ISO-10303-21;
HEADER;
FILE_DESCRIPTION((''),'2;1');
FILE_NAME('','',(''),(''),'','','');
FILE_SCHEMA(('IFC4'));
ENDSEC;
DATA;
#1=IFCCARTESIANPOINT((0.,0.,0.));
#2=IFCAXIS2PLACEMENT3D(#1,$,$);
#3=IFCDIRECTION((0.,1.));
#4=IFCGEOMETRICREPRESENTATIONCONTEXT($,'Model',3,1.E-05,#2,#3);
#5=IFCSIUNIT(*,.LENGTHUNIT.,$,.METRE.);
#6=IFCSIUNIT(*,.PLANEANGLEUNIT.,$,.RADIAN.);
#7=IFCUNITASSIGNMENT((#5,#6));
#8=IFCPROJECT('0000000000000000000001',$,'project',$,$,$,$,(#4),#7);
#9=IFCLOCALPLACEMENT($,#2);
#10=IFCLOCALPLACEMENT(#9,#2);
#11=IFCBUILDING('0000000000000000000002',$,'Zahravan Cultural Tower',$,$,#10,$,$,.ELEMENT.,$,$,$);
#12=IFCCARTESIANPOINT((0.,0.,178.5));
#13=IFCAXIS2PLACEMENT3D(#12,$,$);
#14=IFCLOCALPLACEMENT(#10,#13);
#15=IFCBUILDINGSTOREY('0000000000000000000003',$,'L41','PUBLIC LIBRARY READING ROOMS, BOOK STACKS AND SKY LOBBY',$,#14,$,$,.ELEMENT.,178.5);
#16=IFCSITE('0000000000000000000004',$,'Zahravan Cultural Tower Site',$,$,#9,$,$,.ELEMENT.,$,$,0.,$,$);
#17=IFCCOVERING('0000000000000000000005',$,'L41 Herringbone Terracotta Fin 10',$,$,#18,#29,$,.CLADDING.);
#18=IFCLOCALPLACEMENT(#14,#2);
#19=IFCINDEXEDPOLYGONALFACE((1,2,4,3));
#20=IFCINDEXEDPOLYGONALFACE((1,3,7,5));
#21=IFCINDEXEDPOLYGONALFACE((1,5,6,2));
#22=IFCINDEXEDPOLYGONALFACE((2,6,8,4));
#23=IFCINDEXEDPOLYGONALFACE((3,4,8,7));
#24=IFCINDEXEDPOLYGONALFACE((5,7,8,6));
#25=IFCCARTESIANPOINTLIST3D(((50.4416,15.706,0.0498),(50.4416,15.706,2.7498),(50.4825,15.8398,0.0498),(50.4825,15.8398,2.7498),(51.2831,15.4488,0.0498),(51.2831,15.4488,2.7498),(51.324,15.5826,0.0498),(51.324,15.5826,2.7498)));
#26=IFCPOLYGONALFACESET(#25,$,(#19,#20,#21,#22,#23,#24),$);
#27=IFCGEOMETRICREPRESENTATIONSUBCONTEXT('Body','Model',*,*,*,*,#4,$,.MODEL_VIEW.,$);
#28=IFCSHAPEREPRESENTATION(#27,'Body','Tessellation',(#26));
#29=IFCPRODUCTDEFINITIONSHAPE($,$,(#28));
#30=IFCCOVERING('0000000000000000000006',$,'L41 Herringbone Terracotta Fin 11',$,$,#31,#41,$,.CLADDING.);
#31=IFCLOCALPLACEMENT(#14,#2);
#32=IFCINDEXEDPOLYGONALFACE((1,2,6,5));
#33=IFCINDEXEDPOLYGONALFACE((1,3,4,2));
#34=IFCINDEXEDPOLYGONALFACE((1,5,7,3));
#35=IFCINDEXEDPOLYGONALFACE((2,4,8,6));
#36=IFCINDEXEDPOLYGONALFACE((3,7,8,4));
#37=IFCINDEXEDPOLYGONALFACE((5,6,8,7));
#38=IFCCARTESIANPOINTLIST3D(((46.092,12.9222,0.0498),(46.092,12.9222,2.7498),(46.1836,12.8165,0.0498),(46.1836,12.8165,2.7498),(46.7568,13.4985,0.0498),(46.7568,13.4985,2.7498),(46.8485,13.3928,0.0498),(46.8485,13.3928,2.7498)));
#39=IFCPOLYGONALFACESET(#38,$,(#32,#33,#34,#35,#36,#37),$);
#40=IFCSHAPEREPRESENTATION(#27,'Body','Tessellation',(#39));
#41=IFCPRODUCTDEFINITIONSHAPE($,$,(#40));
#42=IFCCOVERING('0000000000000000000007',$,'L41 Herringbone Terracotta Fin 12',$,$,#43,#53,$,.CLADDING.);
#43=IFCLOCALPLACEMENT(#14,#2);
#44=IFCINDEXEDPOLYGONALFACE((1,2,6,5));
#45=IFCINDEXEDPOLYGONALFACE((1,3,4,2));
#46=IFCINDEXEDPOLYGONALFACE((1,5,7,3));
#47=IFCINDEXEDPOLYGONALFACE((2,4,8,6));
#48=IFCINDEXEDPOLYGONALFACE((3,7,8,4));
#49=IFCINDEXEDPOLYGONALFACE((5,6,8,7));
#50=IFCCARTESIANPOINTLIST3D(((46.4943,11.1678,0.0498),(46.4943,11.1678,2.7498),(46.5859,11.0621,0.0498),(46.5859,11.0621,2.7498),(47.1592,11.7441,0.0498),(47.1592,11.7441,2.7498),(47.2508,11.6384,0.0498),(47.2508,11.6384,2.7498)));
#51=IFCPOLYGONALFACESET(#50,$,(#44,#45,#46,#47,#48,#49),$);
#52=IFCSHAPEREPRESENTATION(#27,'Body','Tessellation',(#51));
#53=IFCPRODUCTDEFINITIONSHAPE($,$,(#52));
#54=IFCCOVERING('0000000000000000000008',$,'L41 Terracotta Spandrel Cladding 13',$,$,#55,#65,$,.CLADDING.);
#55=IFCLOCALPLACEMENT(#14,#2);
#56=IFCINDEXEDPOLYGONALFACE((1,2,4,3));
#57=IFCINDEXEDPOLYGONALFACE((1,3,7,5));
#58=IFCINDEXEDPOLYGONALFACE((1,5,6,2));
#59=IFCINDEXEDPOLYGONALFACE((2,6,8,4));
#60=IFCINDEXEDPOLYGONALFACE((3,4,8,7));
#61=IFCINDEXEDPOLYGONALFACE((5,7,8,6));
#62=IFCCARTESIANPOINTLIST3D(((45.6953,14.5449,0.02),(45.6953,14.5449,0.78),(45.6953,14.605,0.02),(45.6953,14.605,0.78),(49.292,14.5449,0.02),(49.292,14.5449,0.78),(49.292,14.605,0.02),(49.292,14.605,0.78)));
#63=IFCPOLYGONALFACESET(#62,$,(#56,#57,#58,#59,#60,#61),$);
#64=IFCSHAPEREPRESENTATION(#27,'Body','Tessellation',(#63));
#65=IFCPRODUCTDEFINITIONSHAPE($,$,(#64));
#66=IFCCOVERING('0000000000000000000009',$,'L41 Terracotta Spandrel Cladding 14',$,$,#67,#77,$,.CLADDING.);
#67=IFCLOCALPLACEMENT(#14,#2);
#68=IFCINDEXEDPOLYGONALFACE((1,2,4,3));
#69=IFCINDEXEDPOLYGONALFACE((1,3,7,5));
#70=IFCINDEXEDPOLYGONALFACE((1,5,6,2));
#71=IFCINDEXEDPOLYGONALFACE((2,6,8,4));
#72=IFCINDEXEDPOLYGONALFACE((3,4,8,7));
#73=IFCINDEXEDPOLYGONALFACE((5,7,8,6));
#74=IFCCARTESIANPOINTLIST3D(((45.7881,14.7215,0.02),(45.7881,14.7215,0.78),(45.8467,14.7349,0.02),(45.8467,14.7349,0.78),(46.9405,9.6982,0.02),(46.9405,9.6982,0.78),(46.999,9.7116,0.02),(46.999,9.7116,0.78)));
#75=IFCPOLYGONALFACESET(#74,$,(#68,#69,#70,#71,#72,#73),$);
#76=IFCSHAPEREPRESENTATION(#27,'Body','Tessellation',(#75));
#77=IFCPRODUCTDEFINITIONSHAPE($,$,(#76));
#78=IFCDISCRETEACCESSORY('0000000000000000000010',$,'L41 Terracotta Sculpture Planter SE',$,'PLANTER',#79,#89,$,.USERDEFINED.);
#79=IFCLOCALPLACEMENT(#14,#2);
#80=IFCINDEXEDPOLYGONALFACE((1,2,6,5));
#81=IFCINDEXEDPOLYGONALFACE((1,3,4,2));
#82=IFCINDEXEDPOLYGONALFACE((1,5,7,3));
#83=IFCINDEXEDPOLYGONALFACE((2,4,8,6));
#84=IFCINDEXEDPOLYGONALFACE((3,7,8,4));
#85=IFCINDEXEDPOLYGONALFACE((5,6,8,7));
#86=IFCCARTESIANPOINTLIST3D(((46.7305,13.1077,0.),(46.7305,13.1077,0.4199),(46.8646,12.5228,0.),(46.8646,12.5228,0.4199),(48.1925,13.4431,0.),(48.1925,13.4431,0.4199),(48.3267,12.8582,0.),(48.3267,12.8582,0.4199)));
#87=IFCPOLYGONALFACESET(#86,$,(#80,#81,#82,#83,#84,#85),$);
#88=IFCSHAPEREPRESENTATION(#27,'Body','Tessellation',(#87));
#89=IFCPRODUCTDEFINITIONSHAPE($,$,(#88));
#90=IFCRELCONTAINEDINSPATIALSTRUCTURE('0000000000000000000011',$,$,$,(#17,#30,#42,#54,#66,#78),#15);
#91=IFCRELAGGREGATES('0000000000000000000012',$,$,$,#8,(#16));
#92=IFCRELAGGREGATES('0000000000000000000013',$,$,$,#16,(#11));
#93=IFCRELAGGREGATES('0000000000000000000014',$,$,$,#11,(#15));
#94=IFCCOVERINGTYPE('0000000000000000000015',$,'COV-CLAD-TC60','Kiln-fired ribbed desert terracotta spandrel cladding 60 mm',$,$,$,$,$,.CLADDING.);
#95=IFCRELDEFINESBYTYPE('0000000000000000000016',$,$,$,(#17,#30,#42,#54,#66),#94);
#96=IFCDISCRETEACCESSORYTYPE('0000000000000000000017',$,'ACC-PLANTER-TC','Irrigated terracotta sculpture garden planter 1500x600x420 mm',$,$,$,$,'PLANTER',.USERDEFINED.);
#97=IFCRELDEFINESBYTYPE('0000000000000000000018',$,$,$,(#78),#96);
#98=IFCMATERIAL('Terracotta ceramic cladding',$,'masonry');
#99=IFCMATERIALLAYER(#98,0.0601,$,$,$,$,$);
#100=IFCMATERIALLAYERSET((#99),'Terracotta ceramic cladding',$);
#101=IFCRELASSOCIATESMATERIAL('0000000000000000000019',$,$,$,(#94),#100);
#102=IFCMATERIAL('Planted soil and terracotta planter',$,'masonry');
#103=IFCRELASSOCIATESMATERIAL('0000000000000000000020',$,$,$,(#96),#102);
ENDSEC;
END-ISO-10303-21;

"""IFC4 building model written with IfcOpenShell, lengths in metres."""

from ifc_helpers import new_model, si_unit, direction, frame, origin, origin_2d, place, context, subcontext, project, spatial, rectangle, extrude, source, transform, mapped, material, layer, layer_set, type_object, element, save


model = new_model("IFC4")

# Units and contexts
model_context = context("Model", 3, precision=1e-05, world=origin(), true_north=direction((0.0, 1.0)))
body_context = subcontext(model_context, "Body", "Model", "MODEL_VIEW")
ifc_project = project(units=[si_unit("LENGTHUNIT", "METRE"), si_unit("PLANEANGLEUNIT", "RADIAN")], contexts=[model_context])

# Site, building, storey
site_placement = place(None, origin())
site = spatial("IfcSite", under=ifc_project, at=site_placement, Name="Zahravan Cultural Tower Site", CompositionType="ELEMENT", RefElevation=0.0)
building_placement = place(site_placement, origin())
building = spatial("IfcBuilding", under=site, at=building_placement, Name="Zahravan Cultural Tower", CompositionType="ELEMENT")
storey_placement = place(building_placement, frame((0.0, 0.0, 178.5)))
storey = spatial("IfcBuildingStorey", under=building, at=storey_placement, Name="L41", Description="PUBLIC LIBRARY READING ROOMS, BOOK STACKS AND SKY LOBBY", CompositionType="ELEMENT", Elevation=178.5)

# Coverings
ifc_material_1 = material(Name="Terracotta ceramic cladding", Category="masonry")
ifc_layer_1 = layer(ifc_material_1, 0.0601)
ifc_layer_set_1 = layer_set([ifc_layer_1], Name="Terracotta ceramic cladding")
covering_type = type_object("IfcCoveringType", Name="COV-CLAD-TC60", Description="Kiln-fired ribbed desert terracotta spandrel cladding 60 mm", PredefinedType="CLADDING", material=ifc_layer_set_1)
shared_shape_1 = source(origin(), body_context, "Body", "SweptSolid", [
    extrude(rectangle(XDim=0.8799, YDim=0.1399, at=origin_2d()), origin(), (0.0, 0.0, 1.0), 2.7),
])
for number, where, z_axis, x_axis, name in (
    (1, (50.8828, 15.6443, 0.0498), (0.0, 0.0, 1.0), (0.956305, -0.292372, 0.0), "L41 Herringbone Terracotta Fin 10"),
    (2, (46.4702, 13.1575, 0.0498), (0.0, 0.0, 1.0), (0.755625, 0.655005, 0.0), "L41 Herringbone Terracotta Fin 11"),
    (3, (46.8726, 11.4031, 0.0498), (0.0, 0.0, 1.0), (0.755625, 0.655005, 0.0), "L41 Herringbone Terracotta Fin 12"),
):
    element("IfcCovering", number, at=place(storey_placement, frame(where, z_axis=z_axis, x_axis=x_axis)), inside=storey, type_object=covering_type, Name=name, PredefinedType="CLADDING", context=body_context, shape_type="MappedRepresentation", body=[
        mapped(shared_shape_1, transform((0.0, 0.0, 0.0), x_axis=(1.0, 0.0, 0.0), y_axis=(0.0, 1.0, 0.0), z_axis=(0.0, 0.0, 1.0), scale=1.0)),
    ])
shared_shape_2 = source(origin(), body_context, "Body", "SweptSolid", [
    extrude(rectangle(XDim=3.5967, YDim=0.0601, at=origin_2d()), origin(), (0.0, 0.0, 1.0), 0.76),
])
covering_1_placement = place(storey_placement, frame((47.4937, 14.575, 0.02), z_axis=(0.0, 0.0, 1.0), x_axis=(-1.0, 0.0, 0.0)))
element("IfcCovering", 4, at=covering_1_placement, inside=storey, type_object=covering_type, Name="L41 Terracotta Spandrel Cladding 13", PredefinedType="CLADDING", context=body_context, shape_type="MappedRepresentation", body=[
    mapped(shared_shape_2, transform((0.0, 0.0, 0.0), x_axis=(1.0, 0.0, 0.0), y_axis=(0.0, 1.0, 0.0), z_axis=(0.0, 0.0, 1.0), scale=1.0)),
])
shared_shape_3 = source(origin(), body_context, "Body", "SweptSolid", [
    extrude(rectangle(XDim=5.1538, YDim=0.0601, at=origin_2d()), origin(), (0.0, 0.0, 1.0), 0.76),
])
covering_2_placement = place(storey_placement, frame((46.3936, 12.2166, 0.02), z_axis=(0.0, 0.0, 1.0), x_axis=(0.22359, -0.974683, 0.0)))
element("IfcCovering", 5, at=covering_2_placement, inside=storey, type_object=covering_type, Name="L41 Terracotta Spandrel Cladding 14", PredefinedType="CLADDING", context=body_context, shape_type="MappedRepresentation", body=[
    mapped(shared_shape_3, transform((0.0, 0.0, 0.0), x_axis=(1.0, 0.0, 0.0), y_axis=(0.0, 1.0, 0.0), z_axis=(0.0, 0.0, 1.0), scale=1.0)),
])

# Discrete accessory
ifc_material_2 = material(Name="Planted soil and terracotta planter", Category="masonry")
discrete_accessory_type = type_object("IfcDiscreteAccessoryType", Name="ACC-PLANTER-TC", Description="Irrigated terracotta sculpture garden planter 1500x600x420 mm", ElementType="PLANTER", PredefinedType="USERDEFINED", material=ifc_material_2)
shared_shape_4 = source(origin(), body_context, "Body", "SweptSolid", [
    extrude(rectangle(XDim=1.5, YDim=0.6001, at=origin_2d()), origin(), (0.0, 0.0, 1.0), 0.4199),
])
discrete_accessory_placement = place(storey_placement, frame((47.5286, 12.9829, 0.0), z_axis=(0.0, 0.0, 1.0), x_axis=(0.974683, 0.22359, 0.0)))
element("IfcDiscreteAccessory", 6, at=discrete_accessory_placement, inside=storey, type_object=discrete_accessory_type, Name="L41 Terracotta Sculpture Planter SE", ObjectType="PLANTER", PredefinedType="USERDEFINED", context=body_context, shape_type="MappedRepresentation", body=[
    mapped(shared_shape_4, transform((0.0, 0.0, 0.0), x_axis=(1.0, 0.0, 0.0), y_axis=(0.0, 1.0, 0.0), z_axis=(0.0, 0.0, 1.0), scale=1.0)),
])

save(model, "model.ifc")
